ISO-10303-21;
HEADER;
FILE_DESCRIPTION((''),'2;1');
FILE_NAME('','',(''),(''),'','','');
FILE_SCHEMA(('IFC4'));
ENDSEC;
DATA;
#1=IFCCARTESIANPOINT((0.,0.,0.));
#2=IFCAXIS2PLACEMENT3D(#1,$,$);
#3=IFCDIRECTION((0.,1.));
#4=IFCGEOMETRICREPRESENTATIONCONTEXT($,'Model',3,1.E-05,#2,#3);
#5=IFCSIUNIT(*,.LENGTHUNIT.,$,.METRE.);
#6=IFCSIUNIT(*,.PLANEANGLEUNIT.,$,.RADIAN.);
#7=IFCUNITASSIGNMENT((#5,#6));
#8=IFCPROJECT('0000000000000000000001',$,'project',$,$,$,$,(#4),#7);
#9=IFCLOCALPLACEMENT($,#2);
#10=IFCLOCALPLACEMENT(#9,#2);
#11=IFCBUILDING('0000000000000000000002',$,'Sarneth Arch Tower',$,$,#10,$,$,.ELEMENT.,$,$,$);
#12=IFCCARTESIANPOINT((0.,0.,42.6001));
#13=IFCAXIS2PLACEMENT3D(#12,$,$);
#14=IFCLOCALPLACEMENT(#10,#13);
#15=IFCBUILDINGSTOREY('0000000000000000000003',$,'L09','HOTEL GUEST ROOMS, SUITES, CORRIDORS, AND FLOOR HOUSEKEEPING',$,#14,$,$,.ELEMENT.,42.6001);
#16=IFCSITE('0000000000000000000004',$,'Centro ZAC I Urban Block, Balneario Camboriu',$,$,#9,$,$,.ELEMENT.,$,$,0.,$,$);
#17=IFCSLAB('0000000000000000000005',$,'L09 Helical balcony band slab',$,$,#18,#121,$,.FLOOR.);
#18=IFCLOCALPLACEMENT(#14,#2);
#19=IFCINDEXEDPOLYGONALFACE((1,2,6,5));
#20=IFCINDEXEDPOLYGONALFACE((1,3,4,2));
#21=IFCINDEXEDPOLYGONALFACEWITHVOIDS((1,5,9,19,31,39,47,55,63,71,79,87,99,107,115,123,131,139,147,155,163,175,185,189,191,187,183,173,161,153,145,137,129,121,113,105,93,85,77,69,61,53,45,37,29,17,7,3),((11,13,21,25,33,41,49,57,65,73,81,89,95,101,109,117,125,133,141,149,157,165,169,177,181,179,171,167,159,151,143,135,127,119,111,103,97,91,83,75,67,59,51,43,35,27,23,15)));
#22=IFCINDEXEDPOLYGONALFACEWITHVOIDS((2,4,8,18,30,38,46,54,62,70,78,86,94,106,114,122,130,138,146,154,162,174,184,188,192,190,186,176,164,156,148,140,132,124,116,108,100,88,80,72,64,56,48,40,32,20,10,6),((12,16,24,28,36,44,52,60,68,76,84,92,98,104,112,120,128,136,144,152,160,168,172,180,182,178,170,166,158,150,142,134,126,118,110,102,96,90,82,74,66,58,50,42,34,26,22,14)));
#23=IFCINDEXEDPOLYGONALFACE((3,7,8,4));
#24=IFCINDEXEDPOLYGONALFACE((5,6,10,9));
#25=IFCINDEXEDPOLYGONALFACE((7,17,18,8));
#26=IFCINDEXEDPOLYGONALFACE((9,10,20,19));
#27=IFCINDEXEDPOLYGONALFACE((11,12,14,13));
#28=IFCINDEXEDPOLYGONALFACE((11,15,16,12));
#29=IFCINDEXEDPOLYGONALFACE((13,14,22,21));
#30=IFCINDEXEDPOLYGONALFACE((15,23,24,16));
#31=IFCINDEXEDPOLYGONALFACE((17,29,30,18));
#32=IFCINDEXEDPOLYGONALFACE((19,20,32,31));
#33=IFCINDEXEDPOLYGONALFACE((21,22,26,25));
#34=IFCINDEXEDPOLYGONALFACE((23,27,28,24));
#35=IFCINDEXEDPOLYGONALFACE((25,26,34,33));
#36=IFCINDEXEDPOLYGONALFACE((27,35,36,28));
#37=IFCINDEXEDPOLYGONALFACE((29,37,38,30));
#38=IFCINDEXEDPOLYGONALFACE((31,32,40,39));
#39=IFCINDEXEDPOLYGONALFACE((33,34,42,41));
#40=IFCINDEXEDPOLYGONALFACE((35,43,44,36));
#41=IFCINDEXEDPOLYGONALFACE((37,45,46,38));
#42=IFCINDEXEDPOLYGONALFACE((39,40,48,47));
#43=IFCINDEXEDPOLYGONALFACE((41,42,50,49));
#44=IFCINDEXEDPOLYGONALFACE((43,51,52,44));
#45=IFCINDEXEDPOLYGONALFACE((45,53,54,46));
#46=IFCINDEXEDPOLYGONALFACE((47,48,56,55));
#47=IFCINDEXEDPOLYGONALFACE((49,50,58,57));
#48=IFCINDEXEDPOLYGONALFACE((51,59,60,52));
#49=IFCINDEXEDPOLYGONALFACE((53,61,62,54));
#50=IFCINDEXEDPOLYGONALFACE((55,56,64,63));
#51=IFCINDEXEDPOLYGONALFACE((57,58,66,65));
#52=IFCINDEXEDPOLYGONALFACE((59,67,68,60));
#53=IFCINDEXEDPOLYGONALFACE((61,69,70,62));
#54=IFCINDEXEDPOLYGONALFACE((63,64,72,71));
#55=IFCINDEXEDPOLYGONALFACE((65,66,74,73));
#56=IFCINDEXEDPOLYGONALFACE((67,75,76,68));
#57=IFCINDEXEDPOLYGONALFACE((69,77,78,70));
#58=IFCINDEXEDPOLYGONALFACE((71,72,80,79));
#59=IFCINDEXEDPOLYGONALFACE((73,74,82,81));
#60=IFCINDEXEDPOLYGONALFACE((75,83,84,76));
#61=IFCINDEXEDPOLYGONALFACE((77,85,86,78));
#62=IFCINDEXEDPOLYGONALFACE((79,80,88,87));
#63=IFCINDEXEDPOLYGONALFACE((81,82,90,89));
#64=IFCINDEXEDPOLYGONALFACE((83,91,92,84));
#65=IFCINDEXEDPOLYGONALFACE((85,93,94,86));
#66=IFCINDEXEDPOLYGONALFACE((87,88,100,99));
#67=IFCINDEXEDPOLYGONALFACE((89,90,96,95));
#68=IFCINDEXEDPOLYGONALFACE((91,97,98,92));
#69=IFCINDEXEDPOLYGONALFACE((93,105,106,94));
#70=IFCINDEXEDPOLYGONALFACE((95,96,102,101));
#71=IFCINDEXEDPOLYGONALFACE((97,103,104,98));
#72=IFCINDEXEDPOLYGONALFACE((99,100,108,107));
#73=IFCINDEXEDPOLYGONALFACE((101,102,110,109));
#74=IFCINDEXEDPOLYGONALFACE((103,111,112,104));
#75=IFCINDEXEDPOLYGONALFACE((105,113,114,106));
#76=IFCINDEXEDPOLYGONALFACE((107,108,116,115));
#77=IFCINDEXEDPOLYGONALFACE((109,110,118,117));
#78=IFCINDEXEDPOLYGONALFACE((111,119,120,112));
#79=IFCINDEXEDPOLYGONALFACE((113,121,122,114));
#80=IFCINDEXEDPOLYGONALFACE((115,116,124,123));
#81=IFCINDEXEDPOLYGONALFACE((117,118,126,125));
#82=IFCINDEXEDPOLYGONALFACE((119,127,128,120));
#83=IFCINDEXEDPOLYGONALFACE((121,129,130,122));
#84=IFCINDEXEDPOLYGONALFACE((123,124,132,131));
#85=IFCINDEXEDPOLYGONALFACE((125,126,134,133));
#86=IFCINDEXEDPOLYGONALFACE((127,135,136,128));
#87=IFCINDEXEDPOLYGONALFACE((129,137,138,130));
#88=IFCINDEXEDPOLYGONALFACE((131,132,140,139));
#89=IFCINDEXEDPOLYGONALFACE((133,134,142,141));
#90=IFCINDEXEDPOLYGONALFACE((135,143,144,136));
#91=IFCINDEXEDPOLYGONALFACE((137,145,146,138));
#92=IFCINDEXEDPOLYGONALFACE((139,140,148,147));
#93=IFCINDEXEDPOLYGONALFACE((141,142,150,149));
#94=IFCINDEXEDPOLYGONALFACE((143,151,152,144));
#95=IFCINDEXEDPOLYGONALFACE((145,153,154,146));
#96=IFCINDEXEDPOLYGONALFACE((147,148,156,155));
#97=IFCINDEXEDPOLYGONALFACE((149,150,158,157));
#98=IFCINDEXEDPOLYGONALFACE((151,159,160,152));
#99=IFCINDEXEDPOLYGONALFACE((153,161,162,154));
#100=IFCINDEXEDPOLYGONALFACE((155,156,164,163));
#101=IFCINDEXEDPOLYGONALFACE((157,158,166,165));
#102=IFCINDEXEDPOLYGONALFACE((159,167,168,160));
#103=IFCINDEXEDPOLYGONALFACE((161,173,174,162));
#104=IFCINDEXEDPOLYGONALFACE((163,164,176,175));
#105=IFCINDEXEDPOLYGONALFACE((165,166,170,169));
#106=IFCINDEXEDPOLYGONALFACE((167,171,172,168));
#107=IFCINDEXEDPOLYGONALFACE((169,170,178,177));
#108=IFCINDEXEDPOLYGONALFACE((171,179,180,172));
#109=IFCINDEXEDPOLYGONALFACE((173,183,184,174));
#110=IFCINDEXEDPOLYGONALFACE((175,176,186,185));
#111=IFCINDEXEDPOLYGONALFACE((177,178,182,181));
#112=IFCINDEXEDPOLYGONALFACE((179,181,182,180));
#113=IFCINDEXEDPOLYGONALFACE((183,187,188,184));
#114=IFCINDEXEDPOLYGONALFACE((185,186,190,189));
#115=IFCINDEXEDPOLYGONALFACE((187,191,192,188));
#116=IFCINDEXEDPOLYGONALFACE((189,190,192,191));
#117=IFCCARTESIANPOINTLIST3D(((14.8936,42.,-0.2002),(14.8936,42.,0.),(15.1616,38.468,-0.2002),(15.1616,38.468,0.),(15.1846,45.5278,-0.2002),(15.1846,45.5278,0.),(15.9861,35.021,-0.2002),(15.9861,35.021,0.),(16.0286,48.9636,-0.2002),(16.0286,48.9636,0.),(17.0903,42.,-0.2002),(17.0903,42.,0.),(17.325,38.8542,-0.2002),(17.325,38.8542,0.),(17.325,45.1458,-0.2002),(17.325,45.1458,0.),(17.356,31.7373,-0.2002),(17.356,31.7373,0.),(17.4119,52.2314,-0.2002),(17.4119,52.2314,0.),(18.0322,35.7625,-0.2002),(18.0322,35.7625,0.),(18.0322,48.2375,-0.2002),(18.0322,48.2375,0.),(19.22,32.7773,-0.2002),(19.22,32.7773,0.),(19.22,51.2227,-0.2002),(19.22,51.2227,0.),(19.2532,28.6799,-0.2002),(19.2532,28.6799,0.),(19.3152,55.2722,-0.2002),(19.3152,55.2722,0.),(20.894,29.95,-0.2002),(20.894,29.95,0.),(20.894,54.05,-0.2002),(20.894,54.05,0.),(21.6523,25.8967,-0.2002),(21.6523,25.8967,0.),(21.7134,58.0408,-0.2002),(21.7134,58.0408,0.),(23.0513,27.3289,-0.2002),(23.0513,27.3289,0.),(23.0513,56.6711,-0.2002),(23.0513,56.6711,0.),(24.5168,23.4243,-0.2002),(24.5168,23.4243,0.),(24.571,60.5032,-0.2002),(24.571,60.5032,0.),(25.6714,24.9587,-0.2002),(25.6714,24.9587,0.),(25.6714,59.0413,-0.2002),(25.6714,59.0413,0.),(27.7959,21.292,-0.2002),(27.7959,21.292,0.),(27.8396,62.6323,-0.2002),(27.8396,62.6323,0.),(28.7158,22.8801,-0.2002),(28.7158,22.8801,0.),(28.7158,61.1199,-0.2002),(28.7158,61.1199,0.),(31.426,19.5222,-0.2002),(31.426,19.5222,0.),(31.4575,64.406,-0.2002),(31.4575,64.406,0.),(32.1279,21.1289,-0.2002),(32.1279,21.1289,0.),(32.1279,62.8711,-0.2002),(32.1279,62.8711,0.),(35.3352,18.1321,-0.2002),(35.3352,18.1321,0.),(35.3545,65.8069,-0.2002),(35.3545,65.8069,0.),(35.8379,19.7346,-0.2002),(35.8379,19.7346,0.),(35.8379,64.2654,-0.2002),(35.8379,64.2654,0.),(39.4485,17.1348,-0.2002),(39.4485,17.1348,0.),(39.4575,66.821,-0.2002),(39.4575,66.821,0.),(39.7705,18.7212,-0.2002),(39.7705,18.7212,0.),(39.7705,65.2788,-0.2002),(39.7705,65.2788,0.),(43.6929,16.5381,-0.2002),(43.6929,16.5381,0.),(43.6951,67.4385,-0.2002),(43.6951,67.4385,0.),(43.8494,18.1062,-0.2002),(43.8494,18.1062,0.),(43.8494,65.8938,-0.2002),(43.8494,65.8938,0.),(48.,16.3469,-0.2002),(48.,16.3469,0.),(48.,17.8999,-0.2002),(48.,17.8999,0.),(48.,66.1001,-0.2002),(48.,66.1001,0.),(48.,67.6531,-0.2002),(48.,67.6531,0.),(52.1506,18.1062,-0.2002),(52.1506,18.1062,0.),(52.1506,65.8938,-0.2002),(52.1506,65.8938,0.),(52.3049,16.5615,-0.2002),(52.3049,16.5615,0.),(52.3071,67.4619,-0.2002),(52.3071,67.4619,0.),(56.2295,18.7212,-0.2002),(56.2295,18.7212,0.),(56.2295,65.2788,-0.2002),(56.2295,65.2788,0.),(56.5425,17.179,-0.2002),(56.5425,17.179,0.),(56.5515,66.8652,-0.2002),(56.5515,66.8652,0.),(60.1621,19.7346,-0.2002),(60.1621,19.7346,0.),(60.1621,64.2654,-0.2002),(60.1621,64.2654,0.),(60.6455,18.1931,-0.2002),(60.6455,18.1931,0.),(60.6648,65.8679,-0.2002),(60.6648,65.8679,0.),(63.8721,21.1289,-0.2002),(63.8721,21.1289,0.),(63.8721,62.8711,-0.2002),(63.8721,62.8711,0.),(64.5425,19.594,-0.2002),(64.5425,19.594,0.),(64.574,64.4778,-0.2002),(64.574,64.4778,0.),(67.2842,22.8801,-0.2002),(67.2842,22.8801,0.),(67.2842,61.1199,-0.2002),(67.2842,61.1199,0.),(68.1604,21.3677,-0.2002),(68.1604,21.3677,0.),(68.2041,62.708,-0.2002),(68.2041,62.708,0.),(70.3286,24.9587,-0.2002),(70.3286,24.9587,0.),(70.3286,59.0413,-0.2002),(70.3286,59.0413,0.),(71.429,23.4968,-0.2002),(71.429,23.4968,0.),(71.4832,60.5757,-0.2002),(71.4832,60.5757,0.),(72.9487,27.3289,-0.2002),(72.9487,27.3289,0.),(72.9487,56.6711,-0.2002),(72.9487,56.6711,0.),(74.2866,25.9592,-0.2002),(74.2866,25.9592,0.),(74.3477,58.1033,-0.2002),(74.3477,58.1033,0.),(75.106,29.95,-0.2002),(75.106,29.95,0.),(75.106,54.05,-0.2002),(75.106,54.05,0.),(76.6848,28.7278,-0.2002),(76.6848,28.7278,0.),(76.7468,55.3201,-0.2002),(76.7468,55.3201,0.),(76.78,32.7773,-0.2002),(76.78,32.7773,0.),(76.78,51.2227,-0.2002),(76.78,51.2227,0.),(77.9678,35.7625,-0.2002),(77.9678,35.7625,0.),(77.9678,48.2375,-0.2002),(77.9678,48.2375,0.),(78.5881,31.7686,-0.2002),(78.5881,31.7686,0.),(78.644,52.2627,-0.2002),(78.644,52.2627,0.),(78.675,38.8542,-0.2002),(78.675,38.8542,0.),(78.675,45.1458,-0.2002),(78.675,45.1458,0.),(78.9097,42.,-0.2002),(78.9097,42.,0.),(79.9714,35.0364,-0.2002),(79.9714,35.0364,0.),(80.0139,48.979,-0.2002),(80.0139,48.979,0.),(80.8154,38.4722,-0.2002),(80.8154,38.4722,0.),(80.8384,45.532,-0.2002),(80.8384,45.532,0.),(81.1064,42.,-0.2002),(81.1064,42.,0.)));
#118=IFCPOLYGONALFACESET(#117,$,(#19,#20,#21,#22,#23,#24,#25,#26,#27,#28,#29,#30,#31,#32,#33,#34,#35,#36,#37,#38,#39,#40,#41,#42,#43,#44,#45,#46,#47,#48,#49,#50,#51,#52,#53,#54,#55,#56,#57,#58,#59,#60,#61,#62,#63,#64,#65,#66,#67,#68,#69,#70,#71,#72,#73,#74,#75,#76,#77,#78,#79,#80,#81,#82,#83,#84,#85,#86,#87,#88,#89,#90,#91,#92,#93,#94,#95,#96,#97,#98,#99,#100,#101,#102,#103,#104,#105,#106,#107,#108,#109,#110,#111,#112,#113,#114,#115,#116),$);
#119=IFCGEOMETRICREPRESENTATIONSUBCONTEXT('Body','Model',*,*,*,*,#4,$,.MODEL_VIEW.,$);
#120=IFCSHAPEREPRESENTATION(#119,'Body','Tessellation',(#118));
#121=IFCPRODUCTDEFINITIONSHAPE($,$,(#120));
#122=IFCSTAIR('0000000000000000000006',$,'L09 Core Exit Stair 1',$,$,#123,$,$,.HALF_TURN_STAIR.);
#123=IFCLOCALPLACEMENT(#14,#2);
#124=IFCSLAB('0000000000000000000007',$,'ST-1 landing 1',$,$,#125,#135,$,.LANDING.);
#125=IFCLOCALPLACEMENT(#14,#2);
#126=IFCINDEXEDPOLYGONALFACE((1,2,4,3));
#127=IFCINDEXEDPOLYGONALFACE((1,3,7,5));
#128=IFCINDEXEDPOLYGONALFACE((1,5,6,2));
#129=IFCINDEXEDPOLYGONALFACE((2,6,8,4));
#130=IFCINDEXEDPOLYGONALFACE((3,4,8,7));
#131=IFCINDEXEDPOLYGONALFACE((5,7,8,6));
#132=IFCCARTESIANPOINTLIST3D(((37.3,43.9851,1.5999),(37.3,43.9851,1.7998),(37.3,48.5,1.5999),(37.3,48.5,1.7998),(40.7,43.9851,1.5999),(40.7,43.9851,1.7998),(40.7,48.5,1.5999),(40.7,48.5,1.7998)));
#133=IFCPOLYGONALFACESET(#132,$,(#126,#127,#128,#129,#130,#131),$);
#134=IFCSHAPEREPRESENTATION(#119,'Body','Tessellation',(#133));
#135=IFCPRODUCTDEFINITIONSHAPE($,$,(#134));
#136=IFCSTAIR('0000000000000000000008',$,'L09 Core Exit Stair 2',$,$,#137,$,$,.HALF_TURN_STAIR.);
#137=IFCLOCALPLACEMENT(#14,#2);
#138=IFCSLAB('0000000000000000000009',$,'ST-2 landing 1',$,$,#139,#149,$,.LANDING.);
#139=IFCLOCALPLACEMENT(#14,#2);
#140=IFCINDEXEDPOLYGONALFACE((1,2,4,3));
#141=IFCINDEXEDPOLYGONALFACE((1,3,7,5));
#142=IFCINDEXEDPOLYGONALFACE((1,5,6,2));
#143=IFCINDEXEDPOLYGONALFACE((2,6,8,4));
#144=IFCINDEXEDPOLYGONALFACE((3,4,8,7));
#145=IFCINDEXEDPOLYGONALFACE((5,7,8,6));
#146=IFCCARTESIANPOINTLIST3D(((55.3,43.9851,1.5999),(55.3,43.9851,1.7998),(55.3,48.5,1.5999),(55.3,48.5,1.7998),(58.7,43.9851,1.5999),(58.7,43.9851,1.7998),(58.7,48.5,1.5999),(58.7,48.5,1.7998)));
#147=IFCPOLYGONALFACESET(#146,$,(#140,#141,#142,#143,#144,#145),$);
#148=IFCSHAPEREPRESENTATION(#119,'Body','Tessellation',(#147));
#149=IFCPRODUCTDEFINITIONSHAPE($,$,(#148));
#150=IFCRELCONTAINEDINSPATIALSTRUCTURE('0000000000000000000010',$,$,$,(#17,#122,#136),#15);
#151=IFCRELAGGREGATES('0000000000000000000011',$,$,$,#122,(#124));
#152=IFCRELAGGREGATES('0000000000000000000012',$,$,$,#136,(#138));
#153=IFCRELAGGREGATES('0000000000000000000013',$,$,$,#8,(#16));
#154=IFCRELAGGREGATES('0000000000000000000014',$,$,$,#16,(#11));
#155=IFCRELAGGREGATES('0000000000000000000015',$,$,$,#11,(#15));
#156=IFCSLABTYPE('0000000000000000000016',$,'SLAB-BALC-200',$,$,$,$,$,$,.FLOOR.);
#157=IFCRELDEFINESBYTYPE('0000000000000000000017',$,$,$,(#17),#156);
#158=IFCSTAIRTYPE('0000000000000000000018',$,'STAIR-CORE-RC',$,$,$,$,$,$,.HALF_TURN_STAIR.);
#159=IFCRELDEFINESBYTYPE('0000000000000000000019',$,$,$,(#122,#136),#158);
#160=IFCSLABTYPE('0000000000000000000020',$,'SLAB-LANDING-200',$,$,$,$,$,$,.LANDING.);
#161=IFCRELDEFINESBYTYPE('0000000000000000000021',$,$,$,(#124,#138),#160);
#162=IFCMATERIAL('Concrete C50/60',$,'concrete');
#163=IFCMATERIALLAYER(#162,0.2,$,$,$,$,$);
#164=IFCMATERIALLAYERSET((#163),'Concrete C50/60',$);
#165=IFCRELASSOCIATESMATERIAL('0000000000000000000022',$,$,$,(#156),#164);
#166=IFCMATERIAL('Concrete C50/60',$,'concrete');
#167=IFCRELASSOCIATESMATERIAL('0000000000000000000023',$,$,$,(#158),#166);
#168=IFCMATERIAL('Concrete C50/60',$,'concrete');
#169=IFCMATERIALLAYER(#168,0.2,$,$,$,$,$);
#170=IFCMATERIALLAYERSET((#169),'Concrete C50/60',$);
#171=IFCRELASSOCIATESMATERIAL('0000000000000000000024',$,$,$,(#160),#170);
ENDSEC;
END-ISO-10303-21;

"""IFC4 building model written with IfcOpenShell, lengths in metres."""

from ifc_helpers import new_model, si_unit, direction, frame, origin, place, context, subcontext, project, spatial, polyline, outline, extrude, material, layer, layer_set, type_object, element, aggregate, save


model = new_model("IFC4")

# Units and contexts
model_context = context("Model", 3, precision=1e-05, world=origin(), true_north=direction((0.0, 1.0)))
body_context = subcontext(model_context, "Body", "Model", "MODEL_VIEW")
ifc_project = project(units=[si_unit("LENGTHUNIT", "METRE"), si_unit("PLANEANGLEUNIT", "RADIAN")], contexts=[model_context])

# Site, building, storey
site_placement = place(None, origin())
site = spatial("IfcSite", under=ifc_project, at=site_placement, Name="Centro ZAC I Urban Block, Balneario Camboriu", CompositionType="ELEMENT", RefElevation=0.0)
building_placement = place(site_placement, origin())
building = spatial("IfcBuilding", under=site, at=building_placement, Name="Sarneth Arch Tower", CompositionType="ELEMENT")
storey_placement = place(building_placement, frame((0.0, 0.0, 42.6001)))
storey = spatial("IfcBuildingStorey", under=building, at=storey_placement, Name="L09", Description="HOTEL GUEST ROOMS, SUITES, CORRIDORS, AND FLOOR HOUSEKEEPING", CompositionType="ELEMENT", Elevation=42.6001)

# Slab
ifc_material_1 = material(Name="Concrete C50/60", Category="concrete")
ifc_layer_1 = layer(ifc_material_1, 0.2)
ifc_layer_set_1 = layer_set([ifc_layer_1], Name="Concrete C50/60")
slab_type_1 = type_object("IfcSlabType", Name="SLAB-BALC-200", PredefinedType="FLOOR", material=ifc_layer_set_1)
slab_1_placement = place(storey_placement, frame((0.0, 0.0, -0.2002)))
element("IfcSlab", 1, at=slab_1_placement, inside=storey, type_object=slab_type_1, Name="L09 Helical balcony band slab", PredefinedType="FLOOR", context=body_context, shape_type="SweptSolid", body=[
    extrude(outline(polyline([(81.1064, 42.0), (80.8384, 45.532), (80.0139, 48.979), (78.644, 52.2627), (76.7468, 55.3201), (74.3477, 58.1033), (71.4832, 60.5757), (68.2041, 62.708), (64.574, 64.4778), (60.6648, 65.8679), (56.5515, 66.8652), (52.3071, 67.4619), (48.0, 67.6531), (43.6951, 67.4385), (39.4575, 66.821), (35.3545, 65.8069), (31.4575, 64.406), (27.8396, 62.6323), (24.571, 60.5032), (21.7134, 58.0408), (19.3152, 55.2722), (17.4119, 52.2314), (16.0286, 48.9636), (15.1846, 45.5278), (14.8936, 42.0), (15.1616, 38.468), (15.9861, 35.021), (17.356, 31.7373), (19.2532, 28.6799), (21.6523, 25.8967), (24.5168, 23.4243), (27.7959, 21.292), (31.426, 19.5222), (35.3352, 18.1321), (39.4485, 17.1348), (43.6929, 16.5381), (48.0, 16.3469), (52.3049, 16.5615), (56.5425, 17.179), (60.6455, 18.1931), (64.5425, 19.594), (68.1604, 21.3677), (71.429, 23.4968), (74.2866, 25.9592), (76.6848, 28.7278), (78.5881, 31.7686), (79.9714, 35.0364), (80.8154, 38.4722), (81.1064, 42.0)]), holes=[polyline([(78.9097, 42.0), (78.675, 45.1458), (77.9678, 48.2375), (76.78, 51.2227), (75.106, 54.05), (72.9487, 56.6711), (70.3286, 59.0413), (67.2842, 61.1199), (63.8721, 62.8711), (60.1621, 64.2654), (56.2295, 65.2788), (52.1506, 65.8938), (48.0, 66.1001), (43.8494, 65.8938), (39.7705, 65.2788), (35.8379, 64.2654), (32.1279, 62.8711), (28.7158, 61.1199), (25.6714, 59.0413), (23.0513, 56.6711), (20.894, 54.05), (19.22, 51.2227), (18.0322, 48.2375), (17.325, 45.1458), (17.0903, 42.0), (17.325, 38.8542), (18.0322, 35.7625), (19.22, 32.7773), (20.894, 29.95), (23.0513, 27.3289), (25.6714, 24.9587), (28.7158, 22.8801), (32.1279, 21.1289), (35.8379, 19.7346), (39.7705, 18.7212), (43.8494, 18.1062), (48.0, 17.8999), (52.1506, 18.1062), (56.2295, 18.7212), (60.1621, 19.7346), (63.8721, 21.1289), (67.2842, 22.8801), (70.3286, 24.9587), (72.9487, 27.3289), (75.106, 29.95), (76.78, 32.7773), (77.9678, 35.7625), (78.675, 38.8542), (78.9097, 42.0)])]), origin(), (0.0, 0.0, 1.0), 0.2002),
])

# Stairs, slabs
ifc_material_2 = material(Name="Concrete C50/60", Category="concrete")
stair_type = type_object("IfcStairType", Name="STAIR-CORE-RC", PredefinedType="HALF_TURN_STAIR", material=ifc_material_2)
stair_1_placement = place(storey_placement, origin())
stair_1 = element("IfcStair", 2, at=stair_1_placement, inside=storey, type_object=stair_type, Name="L09 Core Exit Stair 1", PredefinedType="HALF_TURN_STAIR")
ifc_material_3 = material(Name="Concrete C50/60", Category="concrete")
ifc_layer_2 = layer(ifc_material_3, 0.2)
ifc_layer_set_2 = layer_set([ifc_layer_2], Name="Concrete C50/60")
slab_type_2 = type_object("IfcSlabType", Name="SLAB-LANDING-200", PredefinedType="LANDING", material=ifc_layer_set_2)
slab_2_placement = place(storey_placement, frame((0.0, 0.0, 1.5999)))
slab_2 = element("IfcSlab", 3, at=slab_2_placement, type_object=slab_type_2, Name="ST-1 landing 1", PredefinedType="LANDING", context=body_context, shape_type="SweptSolid", body=[
    extrude(outline(polyline([(37.3, 43.9851), (40.7, 43.9851), (40.7, 48.5), (37.3, 48.5), (37.3, 43.9851)])), origin(), (0.0, 0.0, 1.0), 0.2),
])
aggregate(stair_1, [slab_2])
stair_2_placement = place(storey_placement, origin())
stair_2 = element("IfcStair", 4, at=stair_2_placement, inside=storey, type_object=stair_type, Name="L09 Core Exit Stair 2", PredefinedType="HALF_TURN_STAIR")
slab_3_placement = place(storey_placement, frame((0.0, 0.0, 1.5999)))
slab_3 = element("IfcSlab", 5, at=slab_3_placement, type_object=slab_type_2, Name="ST-2 landing 1", PredefinedType="LANDING", context=body_context, shape_type="SweptSolid", body=[
    extrude(outline(polyline([(55.3, 43.9851), (58.7, 43.9851), (58.7, 48.5), (55.3, 48.5), (55.3, 43.9851)])), origin(), (0.0, 0.0, 1.0), 0.2),
])
aggregate(stair_2, [slab_3])

save(model, "model.ifc")
